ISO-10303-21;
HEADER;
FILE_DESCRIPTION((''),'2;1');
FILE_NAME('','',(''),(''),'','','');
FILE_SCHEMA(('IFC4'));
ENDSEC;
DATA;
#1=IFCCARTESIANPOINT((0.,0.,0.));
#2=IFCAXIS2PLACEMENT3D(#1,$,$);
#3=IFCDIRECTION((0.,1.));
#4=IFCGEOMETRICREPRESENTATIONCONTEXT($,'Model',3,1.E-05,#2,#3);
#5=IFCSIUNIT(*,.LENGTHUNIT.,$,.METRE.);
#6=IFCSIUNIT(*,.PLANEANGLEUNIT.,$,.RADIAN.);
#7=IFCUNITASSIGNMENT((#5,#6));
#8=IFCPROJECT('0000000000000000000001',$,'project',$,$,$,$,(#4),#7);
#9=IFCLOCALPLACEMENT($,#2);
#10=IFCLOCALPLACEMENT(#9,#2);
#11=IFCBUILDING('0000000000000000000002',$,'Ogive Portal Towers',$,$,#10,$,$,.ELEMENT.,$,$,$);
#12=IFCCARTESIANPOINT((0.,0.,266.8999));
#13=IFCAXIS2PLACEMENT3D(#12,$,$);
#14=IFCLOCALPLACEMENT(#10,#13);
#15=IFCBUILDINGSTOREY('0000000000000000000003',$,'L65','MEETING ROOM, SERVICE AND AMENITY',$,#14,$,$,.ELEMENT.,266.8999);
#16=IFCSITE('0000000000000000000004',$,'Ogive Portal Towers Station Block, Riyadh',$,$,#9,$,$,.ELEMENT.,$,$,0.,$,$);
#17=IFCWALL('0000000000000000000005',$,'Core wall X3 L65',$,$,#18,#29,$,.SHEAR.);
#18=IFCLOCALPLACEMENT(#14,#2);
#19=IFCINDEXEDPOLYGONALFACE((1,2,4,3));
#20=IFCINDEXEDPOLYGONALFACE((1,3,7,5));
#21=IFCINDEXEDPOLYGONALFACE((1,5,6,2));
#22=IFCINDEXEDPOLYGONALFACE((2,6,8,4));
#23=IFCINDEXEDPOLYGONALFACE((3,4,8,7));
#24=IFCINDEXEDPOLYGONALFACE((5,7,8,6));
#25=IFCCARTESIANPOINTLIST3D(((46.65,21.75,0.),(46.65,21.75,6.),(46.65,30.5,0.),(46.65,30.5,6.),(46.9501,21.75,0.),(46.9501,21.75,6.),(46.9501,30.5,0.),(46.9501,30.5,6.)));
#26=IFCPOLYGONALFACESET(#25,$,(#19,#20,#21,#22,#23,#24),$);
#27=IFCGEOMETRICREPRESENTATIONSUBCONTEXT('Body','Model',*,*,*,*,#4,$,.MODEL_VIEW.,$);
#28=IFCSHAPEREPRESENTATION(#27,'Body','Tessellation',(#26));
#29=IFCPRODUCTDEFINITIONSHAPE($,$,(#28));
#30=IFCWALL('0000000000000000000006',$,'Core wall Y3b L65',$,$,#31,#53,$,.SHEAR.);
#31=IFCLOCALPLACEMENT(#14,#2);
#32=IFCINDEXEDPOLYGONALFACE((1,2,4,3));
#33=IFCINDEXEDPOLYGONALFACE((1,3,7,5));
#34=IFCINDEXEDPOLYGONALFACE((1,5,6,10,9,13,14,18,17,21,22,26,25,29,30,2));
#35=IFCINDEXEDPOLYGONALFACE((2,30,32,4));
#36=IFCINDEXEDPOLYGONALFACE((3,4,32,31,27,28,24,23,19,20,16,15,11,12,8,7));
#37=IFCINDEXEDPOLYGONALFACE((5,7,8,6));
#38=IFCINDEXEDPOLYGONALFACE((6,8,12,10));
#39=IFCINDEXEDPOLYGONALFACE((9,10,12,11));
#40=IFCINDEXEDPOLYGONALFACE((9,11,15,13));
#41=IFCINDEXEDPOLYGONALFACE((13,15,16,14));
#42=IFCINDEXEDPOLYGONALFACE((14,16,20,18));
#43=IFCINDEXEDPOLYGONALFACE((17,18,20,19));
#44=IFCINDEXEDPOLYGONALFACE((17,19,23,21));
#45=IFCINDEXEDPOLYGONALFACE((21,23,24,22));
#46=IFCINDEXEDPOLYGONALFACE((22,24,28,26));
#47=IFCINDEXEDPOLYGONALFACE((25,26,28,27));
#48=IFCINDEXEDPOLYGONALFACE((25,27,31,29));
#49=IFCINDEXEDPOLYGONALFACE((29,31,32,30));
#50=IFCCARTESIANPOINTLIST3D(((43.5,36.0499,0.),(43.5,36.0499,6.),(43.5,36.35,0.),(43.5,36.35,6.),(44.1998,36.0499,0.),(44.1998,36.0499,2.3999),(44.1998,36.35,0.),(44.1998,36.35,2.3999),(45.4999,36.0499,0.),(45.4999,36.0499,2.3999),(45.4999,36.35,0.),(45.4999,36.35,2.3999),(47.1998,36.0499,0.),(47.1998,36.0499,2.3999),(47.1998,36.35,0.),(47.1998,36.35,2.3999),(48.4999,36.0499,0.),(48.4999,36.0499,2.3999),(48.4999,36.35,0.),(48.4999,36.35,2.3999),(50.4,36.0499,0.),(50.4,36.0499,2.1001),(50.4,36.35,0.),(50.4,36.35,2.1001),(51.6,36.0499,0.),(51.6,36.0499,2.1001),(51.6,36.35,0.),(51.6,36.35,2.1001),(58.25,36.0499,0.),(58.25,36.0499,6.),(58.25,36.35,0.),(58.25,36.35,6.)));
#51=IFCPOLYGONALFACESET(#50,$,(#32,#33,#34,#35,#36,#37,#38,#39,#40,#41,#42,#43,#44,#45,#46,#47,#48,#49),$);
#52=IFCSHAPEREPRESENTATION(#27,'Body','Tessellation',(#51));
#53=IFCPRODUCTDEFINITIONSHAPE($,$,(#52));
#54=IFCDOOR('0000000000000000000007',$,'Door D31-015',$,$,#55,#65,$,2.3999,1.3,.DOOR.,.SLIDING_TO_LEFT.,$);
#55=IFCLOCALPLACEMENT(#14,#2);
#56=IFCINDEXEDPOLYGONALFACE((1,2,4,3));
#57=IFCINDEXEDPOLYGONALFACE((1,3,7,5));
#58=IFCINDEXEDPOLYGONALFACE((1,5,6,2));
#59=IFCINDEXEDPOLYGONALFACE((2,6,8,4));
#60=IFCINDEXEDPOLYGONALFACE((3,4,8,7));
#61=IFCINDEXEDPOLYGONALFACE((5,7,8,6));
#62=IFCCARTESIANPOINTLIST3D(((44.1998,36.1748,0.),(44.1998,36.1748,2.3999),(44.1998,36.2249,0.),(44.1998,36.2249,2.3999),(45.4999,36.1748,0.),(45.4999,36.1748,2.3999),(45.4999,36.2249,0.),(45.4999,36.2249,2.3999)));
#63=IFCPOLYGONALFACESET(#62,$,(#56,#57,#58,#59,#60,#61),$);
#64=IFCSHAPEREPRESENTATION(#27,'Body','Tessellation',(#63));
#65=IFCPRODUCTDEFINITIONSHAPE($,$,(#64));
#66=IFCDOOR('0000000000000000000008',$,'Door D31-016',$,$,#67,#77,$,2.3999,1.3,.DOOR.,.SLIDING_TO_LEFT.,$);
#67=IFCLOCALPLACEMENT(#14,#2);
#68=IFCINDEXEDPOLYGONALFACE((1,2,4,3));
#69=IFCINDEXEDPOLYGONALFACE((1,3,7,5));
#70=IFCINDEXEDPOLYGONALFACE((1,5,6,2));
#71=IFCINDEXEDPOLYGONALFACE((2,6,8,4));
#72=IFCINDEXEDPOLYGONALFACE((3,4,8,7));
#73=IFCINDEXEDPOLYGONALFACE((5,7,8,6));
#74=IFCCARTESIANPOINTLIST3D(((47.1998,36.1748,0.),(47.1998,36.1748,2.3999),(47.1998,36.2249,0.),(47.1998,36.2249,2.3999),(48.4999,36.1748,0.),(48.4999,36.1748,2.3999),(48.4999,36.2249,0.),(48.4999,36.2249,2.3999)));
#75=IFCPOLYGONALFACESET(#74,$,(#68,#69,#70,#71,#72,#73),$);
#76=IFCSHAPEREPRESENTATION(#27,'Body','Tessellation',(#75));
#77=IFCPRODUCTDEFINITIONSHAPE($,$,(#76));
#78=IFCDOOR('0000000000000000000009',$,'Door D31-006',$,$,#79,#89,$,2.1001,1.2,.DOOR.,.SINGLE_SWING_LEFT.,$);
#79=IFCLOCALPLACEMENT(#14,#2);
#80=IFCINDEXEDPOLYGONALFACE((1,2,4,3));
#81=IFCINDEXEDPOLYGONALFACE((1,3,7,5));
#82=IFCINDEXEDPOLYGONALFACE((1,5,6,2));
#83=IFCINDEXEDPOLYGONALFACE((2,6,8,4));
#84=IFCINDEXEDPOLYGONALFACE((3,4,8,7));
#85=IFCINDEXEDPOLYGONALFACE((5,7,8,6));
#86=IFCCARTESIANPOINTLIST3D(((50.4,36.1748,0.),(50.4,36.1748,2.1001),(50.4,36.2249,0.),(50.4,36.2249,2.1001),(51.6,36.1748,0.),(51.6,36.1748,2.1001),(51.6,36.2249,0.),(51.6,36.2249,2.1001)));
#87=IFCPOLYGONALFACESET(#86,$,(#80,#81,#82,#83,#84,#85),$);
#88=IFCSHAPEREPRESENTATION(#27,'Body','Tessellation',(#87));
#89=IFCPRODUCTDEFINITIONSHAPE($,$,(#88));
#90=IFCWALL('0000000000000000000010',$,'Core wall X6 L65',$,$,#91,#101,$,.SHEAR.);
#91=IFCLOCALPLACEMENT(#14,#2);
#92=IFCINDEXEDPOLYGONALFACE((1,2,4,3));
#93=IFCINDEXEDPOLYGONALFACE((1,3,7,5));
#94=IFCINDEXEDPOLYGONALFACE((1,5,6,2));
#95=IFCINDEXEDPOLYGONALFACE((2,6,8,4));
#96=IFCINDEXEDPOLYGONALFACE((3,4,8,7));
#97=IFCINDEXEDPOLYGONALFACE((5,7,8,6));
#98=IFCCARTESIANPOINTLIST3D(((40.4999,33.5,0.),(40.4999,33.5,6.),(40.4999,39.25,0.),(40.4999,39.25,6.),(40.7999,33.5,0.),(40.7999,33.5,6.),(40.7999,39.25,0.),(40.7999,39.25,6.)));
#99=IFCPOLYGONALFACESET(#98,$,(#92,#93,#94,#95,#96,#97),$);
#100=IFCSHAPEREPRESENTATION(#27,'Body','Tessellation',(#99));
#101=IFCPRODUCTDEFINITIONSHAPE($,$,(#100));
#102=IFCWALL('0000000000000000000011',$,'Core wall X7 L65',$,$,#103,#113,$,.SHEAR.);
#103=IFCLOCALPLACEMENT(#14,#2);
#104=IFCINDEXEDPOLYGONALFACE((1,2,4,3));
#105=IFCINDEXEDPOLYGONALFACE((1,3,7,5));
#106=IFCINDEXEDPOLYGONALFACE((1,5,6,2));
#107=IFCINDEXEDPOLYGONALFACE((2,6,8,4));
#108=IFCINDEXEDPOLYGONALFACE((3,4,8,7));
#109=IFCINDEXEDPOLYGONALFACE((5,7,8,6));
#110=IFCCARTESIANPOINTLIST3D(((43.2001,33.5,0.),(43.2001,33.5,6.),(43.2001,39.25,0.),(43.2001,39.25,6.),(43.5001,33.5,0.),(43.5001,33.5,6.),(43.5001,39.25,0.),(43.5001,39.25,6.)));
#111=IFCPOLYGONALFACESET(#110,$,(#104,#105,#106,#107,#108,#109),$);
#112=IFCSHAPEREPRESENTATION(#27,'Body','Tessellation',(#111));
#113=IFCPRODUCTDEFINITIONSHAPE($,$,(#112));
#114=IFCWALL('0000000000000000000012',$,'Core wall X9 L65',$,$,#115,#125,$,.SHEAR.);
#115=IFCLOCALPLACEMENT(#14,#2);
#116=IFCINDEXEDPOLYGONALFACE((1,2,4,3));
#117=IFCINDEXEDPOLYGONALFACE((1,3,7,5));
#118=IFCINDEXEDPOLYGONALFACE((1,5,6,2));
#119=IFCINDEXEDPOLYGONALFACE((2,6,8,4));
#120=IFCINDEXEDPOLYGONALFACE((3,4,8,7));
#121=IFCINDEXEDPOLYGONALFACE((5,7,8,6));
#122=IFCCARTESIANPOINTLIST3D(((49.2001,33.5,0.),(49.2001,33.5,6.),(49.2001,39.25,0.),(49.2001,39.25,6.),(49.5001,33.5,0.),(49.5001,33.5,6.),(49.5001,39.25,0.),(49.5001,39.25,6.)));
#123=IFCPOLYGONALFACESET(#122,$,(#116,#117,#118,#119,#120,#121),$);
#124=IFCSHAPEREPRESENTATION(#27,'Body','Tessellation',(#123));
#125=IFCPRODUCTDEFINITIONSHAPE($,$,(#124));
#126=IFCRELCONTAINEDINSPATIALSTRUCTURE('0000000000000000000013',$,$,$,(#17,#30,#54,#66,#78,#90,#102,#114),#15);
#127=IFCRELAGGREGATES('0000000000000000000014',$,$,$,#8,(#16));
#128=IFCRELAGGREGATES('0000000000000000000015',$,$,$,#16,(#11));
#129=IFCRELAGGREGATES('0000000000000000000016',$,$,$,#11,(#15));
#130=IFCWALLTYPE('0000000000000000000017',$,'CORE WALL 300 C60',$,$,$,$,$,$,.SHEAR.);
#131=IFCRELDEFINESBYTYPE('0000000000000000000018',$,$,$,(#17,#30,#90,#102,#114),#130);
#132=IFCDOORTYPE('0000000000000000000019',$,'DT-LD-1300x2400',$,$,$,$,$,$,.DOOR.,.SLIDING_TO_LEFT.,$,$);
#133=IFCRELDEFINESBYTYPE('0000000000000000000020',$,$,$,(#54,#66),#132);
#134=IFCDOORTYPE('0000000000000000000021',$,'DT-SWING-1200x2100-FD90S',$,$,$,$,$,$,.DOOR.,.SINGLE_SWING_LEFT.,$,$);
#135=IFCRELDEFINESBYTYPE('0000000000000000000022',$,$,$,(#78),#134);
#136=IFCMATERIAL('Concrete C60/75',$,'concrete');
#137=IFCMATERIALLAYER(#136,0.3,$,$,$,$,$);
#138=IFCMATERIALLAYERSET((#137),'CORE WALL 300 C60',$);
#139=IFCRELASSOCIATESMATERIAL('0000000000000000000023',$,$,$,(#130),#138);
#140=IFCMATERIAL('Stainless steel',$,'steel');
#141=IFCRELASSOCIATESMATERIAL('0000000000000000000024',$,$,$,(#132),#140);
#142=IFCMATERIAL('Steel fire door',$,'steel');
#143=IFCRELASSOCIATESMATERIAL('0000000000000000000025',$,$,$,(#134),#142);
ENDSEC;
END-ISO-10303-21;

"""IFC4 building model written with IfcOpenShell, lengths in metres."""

from ifc_helpers import new_model, si_unit, direction, frame, frame_2d, origin, place, context, subcontext, project, spatial, rectangle, extrude, material, layer, layer_set, type_object, element, fill, save


model = new_model("IFC4")

# Units and contexts
model_context = context("Model", 3, precision=1e-05, world=origin(), true_north=direction((0.0, 1.0)))
body_context = subcontext(model_context, "Body", "Model", "MODEL_VIEW")
ifc_project = project(units=[si_unit("LENGTHUNIT", "METRE"), si_unit("PLANEANGLEUNIT", "RADIAN")], contexts=[model_context])

# Site, building, storey
site_placement = place(None, origin())
site = spatial("IfcSite", under=ifc_project, at=site_placement, Name="Ogive Portal Towers Station Block, Riyadh", CompositionType="ELEMENT", RefElevation=0.0)
building_placement = place(site_placement, origin())
building = spatial("IfcBuilding", under=site, at=building_placement, Name="Ogive Portal Towers", CompositionType="ELEMENT")
storey_placement = place(building_placement, frame((0.0, 0.0, 266.8999)))
storey = spatial("IfcBuildingStorey", under=building, at=storey_placement, Name="L65", Description="MEETING ROOM, SERVICE AND AMENITY", CompositionType="ELEMENT", Elevation=266.8999)

# Wall
ifc_material_1 = material(Name="Concrete C60/75", Category="concrete")
ifc_layer_1 = layer(ifc_material_1, 0.3)
ifc_layer_set_1 = layer_set([ifc_layer_1], Name="CORE WALL 300 C60")
wall_type_1 = type_object("IfcWallType", Name="CORE WALL 300 C60", PredefinedType="SHEAR", material=ifc_layer_set_1)
for number, where, z_axis, x_axis, name in (
    (1, (46.8, 21.75, 0.0), (0.0, 0.0, 1.0), (0.0, 1.0, 0.0), "Core wall X3 L65"),
):
    element("IfcWall", number, at=place(storey_placement, frame(where, z_axis=z_axis, x_axis=x_axis)), inside=storey, type_object=wall_type_1, Name=name, PredefinedType="SHEAR", context=body_context, shape_type="SweptSolid", body=[
        extrude(rectangle(XDim=8.75, YDim=0.3, at=frame_2d((4.375, 0.0))), origin(), (0.0, 0.0, 1.0), 6.0),
    ])

# Wall, openings, doors
wall_1_placement = place(storey_placement, frame((43.5, 36.2, 0.0), z_axis=(0.0, 0.0, 1.0), x_axis=(1.0, 0.0, 0.0)))
wall_1 = element("IfcWall", 2, at=wall_1_placement, inside=storey, type_object=wall_type_1, Name="Core wall Y3b L65", PredefinedType="SHEAR", context=body_context, shape_type="SweptSolid", body=[
    extrude(rectangle(XDim=14.75, YDim=0.3, at=frame_2d((7.375, 0.0))), origin(), (0.0, 0.0, 1.0), 6.0),
])
opening_1_placement = place(wall_1_placement, frame((6.8999, 0.0, 0.0)))
opening_1 = element("IfcOpeningElement", 3, at=opening_1_placement, cuts=wall_1, PredefinedType="OPENING", context=body_context, shape_type="SweptSolid", body=[
    extrude(rectangle(XDim=1.2, YDim=2.1001, at=frame_2d((0.6001, 1.05))), frame((0.0, 0.1602, 0.0), z_axis=(0.0, -1.0, 0.0), x_axis=(1.0, 0.0, 0.0)), (0.0, 0.0, 1.0), 0.3201),
])
opening_2_placement = place(wall_1_placement, frame((0.7, 0.0, 0.0)))
opening_2 = element("IfcOpeningElement", 4, at=opening_2_placement, cuts=wall_1, PredefinedType="OPENING", context=body_context, shape_type="SweptSolid", body=[
    extrude(rectangle(XDim=1.3, YDim=2.3999, at=frame_2d((0.6499, 1.2))), frame((0.0, 0.1602, 0.0), z_axis=(0.0, -1.0, 0.0), x_axis=(1.0, 0.0, 0.0)), (0.0, 0.0, 1.0), 0.3201),
])
opening_3_placement = place(wall_1_placement, frame((3.7, 0.0, 0.0)))
opening_3 = element("IfcOpeningElement", 5, at=opening_3_placement, cuts=wall_1, PredefinedType="OPENING", context=body_context, shape_type="SweptSolid", body=[
    extrude(rectangle(XDim=1.3, YDim=2.3999, at=frame_2d((0.6499, 1.2))), frame((0.0, 0.1602, 0.0), z_axis=(0.0, -1.0, 0.0), x_axis=(1.0, 0.0, 0.0)), (0.0, 0.0, 1.0), 0.3201),
])
ifc_material_2 = material(Name="Stainless steel", Category="steel")
door_type_1 = type_object("IfcDoorType", Name="DT-LD-1300x2400", OperationType="SLIDING_TO_LEFT", PredefinedType="DOOR", material=ifc_material_2)
door_1_placement = place(opening_2_placement, origin())
door_1 = element("IfcDoor", 6, at=door_1_placement, inside=storey, type_object=door_type_1, Name="Door D31-015", OperationType="SLIDING_TO_LEFT", OverallHeight=2.3999, OverallWidth=1.3, PredefinedType="DOOR", context=body_context, shape_type="SweptSolid", body=[
    extrude(rectangle(XDim=1.3, YDim=2.3999, at=frame_2d((0.6499, 1.2))), frame((0.0, 0.0249, 0.0), z_axis=(0.0, -1.0, 0.0), x_axis=(1.0, 0.0, 0.0)), (0.0, 0.0, 1.0), 0.05),
])
fill(opening_2, door_1)
door_2_placement = place(opening_3_placement, origin())
door_2 = element("IfcDoor", 7, at=door_2_placement, inside=storey, type_object=door_type_1, Name="Door D31-016", OperationType="SLIDING_TO_LEFT", OverallHeight=2.3999, OverallWidth=1.3, PredefinedType="DOOR", context=body_context, shape_type="SweptSolid", body=[
    extrude(rectangle(XDim=1.3, YDim=2.3999, at=frame_2d((0.6499, 1.2))), frame((0.0, 0.0249, 0.0), z_axis=(0.0, -1.0, 0.0), x_axis=(1.0, 0.0, 0.0)), (0.0, 0.0, 1.0), 0.05),
])
fill(opening_3, door_2)
ifc_material_3 = material(Name="Steel fire door", Category="steel")
door_type_2 = type_object("IfcDoorType", Name="DT-SWING-1200x2100-FD90S", OperationType="SINGLE_SWING_LEFT", PredefinedType="DOOR", material=ifc_material_3)
door_3_placement = place(opening_1_placement, origin())
door_3 = element("IfcDoor", 8, at=door_3_placement, inside=storey, type_object=door_type_2, Name="Door D31-006", OperationType="SINGLE_SWING_LEFT", OverallHeight=2.1001, OverallWidth=1.2, PredefinedType="DOOR", context=body_context, shape_type="SweptSolid", body=[
    extrude(rectangle(XDim=1.2, YDim=2.1001, at=frame_2d((0.6001, 1.05))), frame((0.0, 0.0249, 0.0), z_axis=(0.0, -1.0, 0.0), x_axis=(1.0, 0.0, 0.0)), (0.0, 0.0, 1.0), 0.05),
])
fill(opening_1, door_3)

# Walls
for number, where, z_axis, x_axis, name in (
    (9, (40.6499, 33.5, 0.0), (0.0, 0.0, 1.0), (0.0, 1.0, 0.0), "Core wall X6 L65"),
    (10, (43.3501, 33.5, 0.0), (0.0, 0.0, 1.0), (0.0, 1.0, 0.0), "Core wall X7 L65"),
    (11, (49.3501, 33.5, 0.0), (0.0, 0.0, 1.0), (0.0, 1.0, 0.0), "Core wall X9 L65"),
):
    element("IfcWall", number, at=place(storey_placement, frame(where, z_axis=z_axis, x_axis=x_axis)), inside=storey, type_object=wall_type_1, Name=name, PredefinedType="SHEAR", context=body_context, shape_type="SweptSolid", body=[
        extrude(rectangle(XDim=5.75, YDim=0.3, at=frame_2d((2.875, 0.0))), origin(), (0.0, 0.0, 1.0), 6.0),
    ])

save(model, "model.ifc")
